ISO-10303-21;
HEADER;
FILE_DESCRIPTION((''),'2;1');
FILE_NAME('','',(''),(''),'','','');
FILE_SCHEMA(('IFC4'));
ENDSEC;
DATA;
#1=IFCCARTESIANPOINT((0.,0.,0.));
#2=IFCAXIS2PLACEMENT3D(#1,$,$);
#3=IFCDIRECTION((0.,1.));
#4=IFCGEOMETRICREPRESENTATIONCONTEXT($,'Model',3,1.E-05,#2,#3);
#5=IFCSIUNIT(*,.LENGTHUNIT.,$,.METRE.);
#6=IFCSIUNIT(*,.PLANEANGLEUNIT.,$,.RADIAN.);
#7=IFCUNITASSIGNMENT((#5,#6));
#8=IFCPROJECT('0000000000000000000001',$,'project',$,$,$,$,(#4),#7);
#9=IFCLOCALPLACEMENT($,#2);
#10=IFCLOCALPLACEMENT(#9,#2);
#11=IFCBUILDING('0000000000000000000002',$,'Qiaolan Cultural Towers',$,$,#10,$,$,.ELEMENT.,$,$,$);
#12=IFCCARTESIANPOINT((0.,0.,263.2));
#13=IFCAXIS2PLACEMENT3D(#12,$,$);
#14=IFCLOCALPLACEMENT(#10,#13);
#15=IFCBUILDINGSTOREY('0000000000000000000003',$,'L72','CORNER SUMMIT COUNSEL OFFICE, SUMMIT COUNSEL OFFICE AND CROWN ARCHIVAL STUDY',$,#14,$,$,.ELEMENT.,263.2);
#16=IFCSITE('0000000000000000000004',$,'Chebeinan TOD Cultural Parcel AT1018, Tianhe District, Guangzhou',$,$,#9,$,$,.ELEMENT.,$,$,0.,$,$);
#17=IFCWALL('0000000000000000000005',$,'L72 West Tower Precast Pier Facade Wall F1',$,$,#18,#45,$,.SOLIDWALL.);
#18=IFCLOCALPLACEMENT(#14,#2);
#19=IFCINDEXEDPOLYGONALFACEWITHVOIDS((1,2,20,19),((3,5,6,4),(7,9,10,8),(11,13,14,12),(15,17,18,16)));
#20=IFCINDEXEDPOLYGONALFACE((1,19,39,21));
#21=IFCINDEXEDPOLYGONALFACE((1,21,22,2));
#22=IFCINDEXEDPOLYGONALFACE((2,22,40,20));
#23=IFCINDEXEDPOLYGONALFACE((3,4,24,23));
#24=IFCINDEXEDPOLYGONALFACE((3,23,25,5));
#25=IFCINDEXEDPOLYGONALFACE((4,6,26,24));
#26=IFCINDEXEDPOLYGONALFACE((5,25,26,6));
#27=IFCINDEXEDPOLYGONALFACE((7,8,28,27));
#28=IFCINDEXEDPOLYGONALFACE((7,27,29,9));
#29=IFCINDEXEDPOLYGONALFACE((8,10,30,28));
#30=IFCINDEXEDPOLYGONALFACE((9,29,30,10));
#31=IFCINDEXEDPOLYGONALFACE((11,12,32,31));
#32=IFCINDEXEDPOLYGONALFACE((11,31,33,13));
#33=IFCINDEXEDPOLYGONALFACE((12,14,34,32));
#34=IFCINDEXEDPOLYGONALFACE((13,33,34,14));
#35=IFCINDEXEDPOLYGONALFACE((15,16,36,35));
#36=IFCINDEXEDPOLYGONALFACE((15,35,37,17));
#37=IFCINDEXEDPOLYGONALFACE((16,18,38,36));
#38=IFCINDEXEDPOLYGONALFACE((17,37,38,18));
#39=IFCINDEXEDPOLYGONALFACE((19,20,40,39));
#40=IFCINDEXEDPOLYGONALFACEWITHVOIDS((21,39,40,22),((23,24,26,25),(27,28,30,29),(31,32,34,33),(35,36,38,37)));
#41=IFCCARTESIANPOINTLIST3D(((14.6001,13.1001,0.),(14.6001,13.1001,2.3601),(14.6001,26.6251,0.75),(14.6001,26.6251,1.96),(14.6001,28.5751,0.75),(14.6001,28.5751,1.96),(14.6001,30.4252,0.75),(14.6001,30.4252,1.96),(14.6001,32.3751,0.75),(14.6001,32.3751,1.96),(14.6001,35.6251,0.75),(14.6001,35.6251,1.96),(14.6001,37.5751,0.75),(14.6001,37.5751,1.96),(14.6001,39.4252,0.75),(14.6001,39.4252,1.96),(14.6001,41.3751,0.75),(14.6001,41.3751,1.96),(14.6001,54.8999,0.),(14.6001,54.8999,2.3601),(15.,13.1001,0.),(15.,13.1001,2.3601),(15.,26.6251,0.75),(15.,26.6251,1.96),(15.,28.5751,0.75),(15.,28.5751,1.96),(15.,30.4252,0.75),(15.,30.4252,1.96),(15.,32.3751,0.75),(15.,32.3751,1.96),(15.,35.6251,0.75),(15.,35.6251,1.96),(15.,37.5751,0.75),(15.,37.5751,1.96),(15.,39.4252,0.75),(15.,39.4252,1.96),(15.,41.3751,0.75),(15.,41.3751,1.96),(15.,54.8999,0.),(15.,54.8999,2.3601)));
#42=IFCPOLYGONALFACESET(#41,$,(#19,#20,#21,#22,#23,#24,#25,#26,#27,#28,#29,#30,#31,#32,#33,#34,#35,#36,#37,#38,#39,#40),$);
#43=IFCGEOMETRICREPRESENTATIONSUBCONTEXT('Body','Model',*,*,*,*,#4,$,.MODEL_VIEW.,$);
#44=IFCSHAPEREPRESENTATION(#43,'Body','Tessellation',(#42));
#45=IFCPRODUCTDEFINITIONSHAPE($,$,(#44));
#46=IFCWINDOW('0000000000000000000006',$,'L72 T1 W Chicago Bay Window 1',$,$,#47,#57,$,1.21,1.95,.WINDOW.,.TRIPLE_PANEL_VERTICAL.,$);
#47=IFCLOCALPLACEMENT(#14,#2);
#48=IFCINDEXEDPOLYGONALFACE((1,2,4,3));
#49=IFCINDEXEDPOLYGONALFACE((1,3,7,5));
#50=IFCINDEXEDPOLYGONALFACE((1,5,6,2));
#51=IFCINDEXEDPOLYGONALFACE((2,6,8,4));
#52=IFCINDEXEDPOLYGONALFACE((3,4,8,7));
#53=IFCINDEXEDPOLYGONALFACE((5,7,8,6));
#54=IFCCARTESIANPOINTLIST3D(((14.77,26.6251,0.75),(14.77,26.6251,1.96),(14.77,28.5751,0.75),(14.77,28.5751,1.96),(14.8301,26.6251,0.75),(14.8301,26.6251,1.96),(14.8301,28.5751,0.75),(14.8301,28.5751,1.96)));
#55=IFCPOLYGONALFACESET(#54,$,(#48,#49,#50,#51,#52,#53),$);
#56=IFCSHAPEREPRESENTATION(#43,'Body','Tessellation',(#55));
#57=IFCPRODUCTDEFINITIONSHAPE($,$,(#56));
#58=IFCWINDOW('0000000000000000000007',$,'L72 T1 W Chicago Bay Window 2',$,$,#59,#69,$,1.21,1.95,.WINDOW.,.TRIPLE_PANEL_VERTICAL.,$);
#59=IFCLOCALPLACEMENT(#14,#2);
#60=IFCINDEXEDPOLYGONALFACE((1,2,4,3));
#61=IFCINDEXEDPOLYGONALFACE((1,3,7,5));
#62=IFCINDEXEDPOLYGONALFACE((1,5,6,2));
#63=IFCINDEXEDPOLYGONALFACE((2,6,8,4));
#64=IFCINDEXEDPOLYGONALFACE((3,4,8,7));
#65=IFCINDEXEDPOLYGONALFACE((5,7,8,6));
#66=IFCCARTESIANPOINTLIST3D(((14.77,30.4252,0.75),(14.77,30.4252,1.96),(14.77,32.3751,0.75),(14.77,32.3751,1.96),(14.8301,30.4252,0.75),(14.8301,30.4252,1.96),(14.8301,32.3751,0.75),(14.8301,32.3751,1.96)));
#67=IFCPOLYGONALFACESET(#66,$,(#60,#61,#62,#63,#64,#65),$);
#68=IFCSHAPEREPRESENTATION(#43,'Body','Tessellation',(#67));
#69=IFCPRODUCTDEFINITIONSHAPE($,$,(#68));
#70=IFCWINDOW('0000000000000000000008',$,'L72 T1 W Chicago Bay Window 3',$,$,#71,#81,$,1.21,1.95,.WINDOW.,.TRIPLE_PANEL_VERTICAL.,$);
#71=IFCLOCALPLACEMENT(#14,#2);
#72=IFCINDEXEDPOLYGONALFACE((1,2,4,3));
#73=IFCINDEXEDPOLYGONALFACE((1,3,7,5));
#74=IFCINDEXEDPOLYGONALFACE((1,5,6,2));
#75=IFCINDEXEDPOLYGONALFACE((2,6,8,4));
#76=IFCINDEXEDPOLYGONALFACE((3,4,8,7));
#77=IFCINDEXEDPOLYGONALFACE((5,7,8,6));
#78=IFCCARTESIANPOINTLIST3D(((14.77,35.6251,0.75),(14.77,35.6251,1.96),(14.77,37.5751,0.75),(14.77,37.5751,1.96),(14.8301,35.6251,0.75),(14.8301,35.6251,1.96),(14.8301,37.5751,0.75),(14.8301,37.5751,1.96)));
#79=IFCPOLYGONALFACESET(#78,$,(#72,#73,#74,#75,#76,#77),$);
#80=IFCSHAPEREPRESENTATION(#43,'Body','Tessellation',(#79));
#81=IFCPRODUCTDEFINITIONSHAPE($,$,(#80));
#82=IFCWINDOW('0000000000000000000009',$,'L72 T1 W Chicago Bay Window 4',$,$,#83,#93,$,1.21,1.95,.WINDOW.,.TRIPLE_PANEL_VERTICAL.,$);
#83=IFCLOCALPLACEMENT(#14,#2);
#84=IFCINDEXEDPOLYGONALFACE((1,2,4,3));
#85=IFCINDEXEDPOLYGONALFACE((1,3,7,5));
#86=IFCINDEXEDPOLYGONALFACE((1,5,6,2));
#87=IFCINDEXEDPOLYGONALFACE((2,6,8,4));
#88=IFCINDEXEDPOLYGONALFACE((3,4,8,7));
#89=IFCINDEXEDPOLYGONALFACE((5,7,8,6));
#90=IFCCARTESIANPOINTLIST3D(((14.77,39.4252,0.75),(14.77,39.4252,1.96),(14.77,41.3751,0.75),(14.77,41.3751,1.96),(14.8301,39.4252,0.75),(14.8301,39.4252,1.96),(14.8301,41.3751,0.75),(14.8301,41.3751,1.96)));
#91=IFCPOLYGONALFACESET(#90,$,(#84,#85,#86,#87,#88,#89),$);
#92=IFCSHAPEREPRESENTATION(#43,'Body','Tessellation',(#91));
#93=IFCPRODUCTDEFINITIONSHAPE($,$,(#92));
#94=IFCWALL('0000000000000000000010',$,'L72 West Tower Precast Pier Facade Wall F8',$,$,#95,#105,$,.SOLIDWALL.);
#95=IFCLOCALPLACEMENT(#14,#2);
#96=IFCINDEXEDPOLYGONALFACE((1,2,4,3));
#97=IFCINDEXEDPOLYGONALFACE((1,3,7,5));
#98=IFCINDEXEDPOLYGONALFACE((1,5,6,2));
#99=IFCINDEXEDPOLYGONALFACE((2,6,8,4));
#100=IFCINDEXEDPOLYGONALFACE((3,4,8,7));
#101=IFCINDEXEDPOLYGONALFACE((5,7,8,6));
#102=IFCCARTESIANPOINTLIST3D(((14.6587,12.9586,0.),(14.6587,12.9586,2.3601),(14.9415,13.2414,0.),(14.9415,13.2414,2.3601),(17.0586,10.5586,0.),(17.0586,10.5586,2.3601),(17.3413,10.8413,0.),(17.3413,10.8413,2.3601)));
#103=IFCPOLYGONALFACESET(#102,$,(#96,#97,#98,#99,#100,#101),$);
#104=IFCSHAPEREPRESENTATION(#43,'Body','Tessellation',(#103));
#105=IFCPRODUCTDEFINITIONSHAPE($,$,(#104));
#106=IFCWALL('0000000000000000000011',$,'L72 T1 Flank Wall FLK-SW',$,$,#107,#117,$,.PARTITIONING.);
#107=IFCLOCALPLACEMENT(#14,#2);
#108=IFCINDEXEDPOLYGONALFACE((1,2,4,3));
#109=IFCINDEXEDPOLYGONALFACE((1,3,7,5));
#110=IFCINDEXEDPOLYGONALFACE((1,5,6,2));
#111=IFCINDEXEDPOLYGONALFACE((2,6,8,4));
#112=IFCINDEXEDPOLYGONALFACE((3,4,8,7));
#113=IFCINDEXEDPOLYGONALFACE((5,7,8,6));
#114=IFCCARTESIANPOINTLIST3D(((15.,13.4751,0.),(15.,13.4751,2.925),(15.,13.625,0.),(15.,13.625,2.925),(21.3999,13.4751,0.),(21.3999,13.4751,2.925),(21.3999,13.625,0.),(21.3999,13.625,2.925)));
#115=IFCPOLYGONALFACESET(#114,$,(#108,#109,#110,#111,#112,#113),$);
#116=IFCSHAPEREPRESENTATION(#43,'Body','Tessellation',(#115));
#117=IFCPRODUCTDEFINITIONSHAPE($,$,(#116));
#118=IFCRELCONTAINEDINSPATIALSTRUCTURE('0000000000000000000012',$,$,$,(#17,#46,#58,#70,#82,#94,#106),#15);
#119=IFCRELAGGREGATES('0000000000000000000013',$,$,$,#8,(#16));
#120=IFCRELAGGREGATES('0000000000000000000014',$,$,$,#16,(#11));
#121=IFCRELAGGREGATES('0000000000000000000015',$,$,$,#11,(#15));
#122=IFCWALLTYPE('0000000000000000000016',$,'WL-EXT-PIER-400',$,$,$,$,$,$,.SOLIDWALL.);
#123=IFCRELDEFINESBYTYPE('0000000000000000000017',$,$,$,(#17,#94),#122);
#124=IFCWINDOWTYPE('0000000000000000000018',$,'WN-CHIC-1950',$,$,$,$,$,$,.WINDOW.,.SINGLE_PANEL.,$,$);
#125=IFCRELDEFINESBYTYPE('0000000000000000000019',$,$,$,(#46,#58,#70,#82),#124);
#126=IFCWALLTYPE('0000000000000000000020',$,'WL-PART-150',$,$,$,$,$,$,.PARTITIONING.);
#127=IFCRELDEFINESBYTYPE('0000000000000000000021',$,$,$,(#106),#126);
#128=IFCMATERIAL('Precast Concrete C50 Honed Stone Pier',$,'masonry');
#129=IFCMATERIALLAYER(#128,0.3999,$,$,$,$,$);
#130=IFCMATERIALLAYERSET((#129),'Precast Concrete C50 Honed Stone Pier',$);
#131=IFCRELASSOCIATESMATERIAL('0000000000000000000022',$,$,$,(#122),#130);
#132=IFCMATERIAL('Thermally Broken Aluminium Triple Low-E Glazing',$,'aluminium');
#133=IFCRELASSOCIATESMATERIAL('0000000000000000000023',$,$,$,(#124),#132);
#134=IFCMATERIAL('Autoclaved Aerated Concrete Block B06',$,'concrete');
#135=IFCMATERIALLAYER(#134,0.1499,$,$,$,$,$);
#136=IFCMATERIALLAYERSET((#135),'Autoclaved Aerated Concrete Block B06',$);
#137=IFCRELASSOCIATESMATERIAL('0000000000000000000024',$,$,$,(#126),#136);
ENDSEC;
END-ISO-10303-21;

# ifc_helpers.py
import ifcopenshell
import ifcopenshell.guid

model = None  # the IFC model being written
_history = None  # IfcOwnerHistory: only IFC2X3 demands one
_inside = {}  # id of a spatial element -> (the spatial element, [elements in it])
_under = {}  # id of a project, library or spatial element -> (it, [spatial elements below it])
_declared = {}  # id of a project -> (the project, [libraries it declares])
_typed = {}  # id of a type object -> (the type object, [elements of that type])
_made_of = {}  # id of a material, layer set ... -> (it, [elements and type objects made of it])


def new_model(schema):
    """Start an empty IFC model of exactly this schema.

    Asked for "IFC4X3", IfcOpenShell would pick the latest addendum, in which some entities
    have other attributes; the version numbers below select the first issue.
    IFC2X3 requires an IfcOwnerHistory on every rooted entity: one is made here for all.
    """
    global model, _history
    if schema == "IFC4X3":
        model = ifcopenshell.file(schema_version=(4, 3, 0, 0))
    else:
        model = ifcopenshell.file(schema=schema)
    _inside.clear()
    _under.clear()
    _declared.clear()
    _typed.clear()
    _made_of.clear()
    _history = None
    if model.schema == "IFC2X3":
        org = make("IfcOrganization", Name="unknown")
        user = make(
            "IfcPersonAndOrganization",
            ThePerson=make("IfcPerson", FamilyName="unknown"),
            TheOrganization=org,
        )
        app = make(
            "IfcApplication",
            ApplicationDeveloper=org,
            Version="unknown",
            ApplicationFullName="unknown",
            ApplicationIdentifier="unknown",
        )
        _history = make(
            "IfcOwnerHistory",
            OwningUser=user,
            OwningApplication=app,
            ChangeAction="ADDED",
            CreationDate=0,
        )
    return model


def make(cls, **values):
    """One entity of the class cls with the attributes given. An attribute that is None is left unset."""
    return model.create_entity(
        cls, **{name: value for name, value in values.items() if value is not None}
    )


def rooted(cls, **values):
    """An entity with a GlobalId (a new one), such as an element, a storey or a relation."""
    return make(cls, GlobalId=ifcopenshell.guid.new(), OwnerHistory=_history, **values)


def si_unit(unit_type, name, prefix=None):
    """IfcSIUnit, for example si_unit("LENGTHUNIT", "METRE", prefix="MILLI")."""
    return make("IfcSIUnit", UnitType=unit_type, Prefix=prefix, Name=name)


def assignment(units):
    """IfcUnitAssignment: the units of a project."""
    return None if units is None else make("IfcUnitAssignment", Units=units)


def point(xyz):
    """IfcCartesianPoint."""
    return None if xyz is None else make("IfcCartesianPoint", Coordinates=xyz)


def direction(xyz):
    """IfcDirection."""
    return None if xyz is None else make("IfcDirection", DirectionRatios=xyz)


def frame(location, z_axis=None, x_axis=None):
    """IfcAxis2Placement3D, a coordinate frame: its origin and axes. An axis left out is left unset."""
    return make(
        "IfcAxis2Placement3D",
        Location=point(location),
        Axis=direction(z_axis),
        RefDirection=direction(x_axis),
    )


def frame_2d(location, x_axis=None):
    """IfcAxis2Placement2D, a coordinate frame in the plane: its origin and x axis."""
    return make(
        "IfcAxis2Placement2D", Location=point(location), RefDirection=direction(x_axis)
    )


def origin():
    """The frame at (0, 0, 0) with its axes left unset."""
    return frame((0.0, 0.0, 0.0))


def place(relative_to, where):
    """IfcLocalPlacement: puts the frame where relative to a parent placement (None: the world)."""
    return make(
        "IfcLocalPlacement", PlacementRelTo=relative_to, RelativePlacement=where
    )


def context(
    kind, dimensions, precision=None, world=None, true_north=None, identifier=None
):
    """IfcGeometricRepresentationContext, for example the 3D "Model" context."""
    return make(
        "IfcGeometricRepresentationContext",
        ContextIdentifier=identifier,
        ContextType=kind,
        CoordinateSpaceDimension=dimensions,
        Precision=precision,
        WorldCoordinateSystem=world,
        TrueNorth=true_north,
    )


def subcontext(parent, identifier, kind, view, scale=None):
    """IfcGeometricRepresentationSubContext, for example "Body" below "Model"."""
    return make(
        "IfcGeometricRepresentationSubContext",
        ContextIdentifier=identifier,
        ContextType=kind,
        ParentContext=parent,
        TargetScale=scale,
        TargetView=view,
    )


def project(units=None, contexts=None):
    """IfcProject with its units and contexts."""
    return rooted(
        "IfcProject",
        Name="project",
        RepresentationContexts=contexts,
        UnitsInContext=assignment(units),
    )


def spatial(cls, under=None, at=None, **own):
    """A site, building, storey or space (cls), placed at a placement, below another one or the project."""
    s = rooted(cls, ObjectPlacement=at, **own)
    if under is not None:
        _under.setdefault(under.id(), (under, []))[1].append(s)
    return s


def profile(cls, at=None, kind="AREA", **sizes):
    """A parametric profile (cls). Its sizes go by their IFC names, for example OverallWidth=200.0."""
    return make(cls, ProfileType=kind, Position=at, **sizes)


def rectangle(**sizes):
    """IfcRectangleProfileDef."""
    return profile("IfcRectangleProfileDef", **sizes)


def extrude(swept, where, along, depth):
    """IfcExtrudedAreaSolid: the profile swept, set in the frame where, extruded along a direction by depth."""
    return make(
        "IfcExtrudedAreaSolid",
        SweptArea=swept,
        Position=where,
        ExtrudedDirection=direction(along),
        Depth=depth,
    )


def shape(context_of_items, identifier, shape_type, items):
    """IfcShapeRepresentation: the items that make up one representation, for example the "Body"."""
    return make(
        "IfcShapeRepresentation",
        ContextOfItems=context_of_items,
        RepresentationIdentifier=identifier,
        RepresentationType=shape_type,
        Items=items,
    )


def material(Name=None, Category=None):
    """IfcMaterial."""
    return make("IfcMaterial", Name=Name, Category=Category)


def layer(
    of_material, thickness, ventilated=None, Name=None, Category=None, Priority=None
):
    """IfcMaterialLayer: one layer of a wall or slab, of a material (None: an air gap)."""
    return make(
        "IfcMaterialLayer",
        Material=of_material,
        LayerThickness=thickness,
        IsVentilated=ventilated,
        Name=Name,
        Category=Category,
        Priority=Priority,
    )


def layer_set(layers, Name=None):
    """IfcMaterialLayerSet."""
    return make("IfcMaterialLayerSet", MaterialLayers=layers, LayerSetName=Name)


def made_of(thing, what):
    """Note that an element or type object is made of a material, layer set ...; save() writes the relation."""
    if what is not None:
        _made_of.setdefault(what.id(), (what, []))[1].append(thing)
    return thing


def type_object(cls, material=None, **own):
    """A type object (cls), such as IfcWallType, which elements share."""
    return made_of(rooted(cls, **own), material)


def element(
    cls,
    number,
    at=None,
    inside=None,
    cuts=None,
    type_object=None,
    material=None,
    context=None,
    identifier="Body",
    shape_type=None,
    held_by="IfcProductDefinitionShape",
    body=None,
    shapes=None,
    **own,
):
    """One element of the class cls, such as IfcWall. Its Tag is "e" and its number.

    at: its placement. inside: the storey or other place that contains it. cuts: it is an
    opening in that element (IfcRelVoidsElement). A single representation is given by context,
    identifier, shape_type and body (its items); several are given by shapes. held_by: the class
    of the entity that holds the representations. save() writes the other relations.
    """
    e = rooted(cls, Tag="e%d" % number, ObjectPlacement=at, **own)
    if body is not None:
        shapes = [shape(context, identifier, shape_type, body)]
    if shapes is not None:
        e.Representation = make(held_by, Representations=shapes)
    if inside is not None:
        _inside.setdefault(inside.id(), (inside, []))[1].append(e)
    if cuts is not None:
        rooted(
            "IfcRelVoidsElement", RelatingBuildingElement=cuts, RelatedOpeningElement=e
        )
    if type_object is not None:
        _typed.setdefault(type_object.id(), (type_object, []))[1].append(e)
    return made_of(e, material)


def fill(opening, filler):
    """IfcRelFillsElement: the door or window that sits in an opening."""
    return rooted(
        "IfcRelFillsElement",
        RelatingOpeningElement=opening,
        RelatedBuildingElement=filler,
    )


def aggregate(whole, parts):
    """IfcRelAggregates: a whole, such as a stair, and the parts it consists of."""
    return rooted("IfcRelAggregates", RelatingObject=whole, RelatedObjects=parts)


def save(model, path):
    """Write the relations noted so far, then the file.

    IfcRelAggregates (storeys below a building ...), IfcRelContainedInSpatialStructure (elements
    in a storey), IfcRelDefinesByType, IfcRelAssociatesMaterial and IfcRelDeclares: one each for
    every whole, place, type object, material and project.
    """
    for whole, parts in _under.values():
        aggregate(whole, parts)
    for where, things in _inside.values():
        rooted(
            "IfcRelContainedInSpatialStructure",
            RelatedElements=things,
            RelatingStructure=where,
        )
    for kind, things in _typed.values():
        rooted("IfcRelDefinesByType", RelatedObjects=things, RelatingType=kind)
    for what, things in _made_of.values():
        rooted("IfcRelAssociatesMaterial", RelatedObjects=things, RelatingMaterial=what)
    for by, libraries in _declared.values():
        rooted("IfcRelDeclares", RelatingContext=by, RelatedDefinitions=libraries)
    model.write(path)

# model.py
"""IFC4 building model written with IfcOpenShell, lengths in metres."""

from ifc_helpers import new_model, si_unit, direction, frame, frame_2d, origin, place, context, subcontext, project, spatial, rectangle, extrude, material, layer, layer_set, type_object, element, fill, save


model = new_model("IFC4")

# Units and contexts
model_context = context("Model", 3, precision=1e-05, world=origin(), true_north=direction((0.0, 1.0)))
body_context = subcontext(model_context, "Body", "Model", "MODEL_VIEW")
ifc_project = project(units=[si_unit("LENGTHUNIT", "METRE"), si_unit("PLANEANGLEUNIT", "RADIAN")], contexts=[model_context])

# Site, building, storey
site_placement = place(None, origin())
site = spatial("IfcSite", under=ifc_project, at=site_placement, Name="Chebeinan TOD Cultural Parcel AT1018, Tianhe District, Guangzhou", CompositionType="ELEMENT", RefElevation=0.0)
building_placement = place(site_placement, origin())
building = spatial("IfcBuilding", under=site, at=building_placement, Name="Qiaolan Cultural Towers", CompositionType="ELEMENT")
storey_placement = place(building_placement, frame((0.0, 0.0, 263.2)))
storey = spatial("IfcBuildingStorey", under=building, at=storey_placement, Name="L72", Description="CORNER SUMMIT COUNSEL OFFICE, SUMMIT COUNSEL OFFICE AND CROWN ARCHIVAL STUDY", CompositionType="ELEMENT", Elevation=263.2)

# Wall, openings, windows
ifc_material_1 = material(Name="Precast Concrete C50 Honed Stone Pier", Category="masonry")
ifc_layer_1 = layer(ifc_material_1, 0.3999)
ifc_layer_set_1 = layer_set([ifc_layer_1], Name="Precast Concrete C50 Honed Stone Pier")
wall_type_1 = type_object("IfcWallType", Name="WL-EXT-PIER-400", PredefinedType="SOLIDWALL", material=ifc_layer_set_1)
wall_1_placement = place(storey_placement, frame((14.8, 13.1001, 0.0), z_axis=(0.0, 0.0, 1.0), x_axis=(0.0, 1.0, 0.0)))
wall_1 = element("IfcWall", 1, at=wall_1_placement, inside=storey, type_object=wall_type_1, Name="L72 West Tower Precast Pier Facade Wall F1", PredefinedType="SOLIDWALL", context=body_context, shape_type="SweptSolid", body=[
    extrude(rectangle(XDim=41.7998, YDim=0.3999, at=frame_2d((20.8999, 0.0))), origin(), (0.0, 0.0, 1.0), 2.3601),
])
opening_1_placement = place(wall_1_placement, frame((13.5249, 0.0, 0.75)))
opening_1 = element("IfcOpeningElement", 2, at=opening_1_placement, cuts=wall_1, PredefinedType="OPENING", context=body_context, shape_type="SweptSolid", body=[
    extrude(rectangle(XDim=1.95, YDim=1.21, at=frame_2d((0.9751, 0.605))), frame((0.0, 0.21, 0.0), z_axis=(0.0, -1.0, 0.0), x_axis=(1.0, 0.0, 0.0)), (0.0, 0.0, 1.0), 0.4199),
])
opening_2_placement = place(wall_1_placement, frame((17.325, 0.0, 0.75)))
opening_2 = element("IfcOpeningElement", 3, at=opening_2_placement, cuts=wall_1, PredefinedType="OPENING", context=body_context, shape_type="SweptSolid", body=[
    extrude(rectangle(XDim=1.95, YDim=1.21, at=frame_2d((0.9751, 0.605))), frame((0.0, 0.21, 0.0), z_axis=(0.0, -1.0, 0.0), x_axis=(1.0, 0.0, 0.0)), (0.0, 0.0, 1.0), 0.4199),
])
opening_3_placement = place(wall_1_placement, frame((22.5249, 0.0, 0.75)))
opening_3 = element("IfcOpeningElement", 4, at=opening_3_placement, cuts=wall_1, PredefinedType="OPENING", context=body_context, shape_type="SweptSolid", body=[
    extrude(rectangle(XDim=1.95, YDim=1.21, at=frame_2d((0.9751, 0.605))), frame((0.0, 0.21, 0.0), z_axis=(0.0, -1.0, 0.0), x_axis=(1.0, 0.0, 0.0)), (0.0, 0.0, 1.0), 0.4199),
])
opening_4_placement = place(wall_1_placement, frame((26.325, 0.0, 0.75)))
opening_4 = element("IfcOpeningElement", 5, at=opening_4_placement, cuts=wall_1, PredefinedType="OPENING", context=body_context, shape_type="SweptSolid", body=[
    extrude(rectangle(XDim=1.95, YDim=1.21, at=frame_2d((0.9751, 0.605))), frame((0.0, 0.21, 0.0), z_axis=(0.0, -1.0, 0.0), x_axis=(1.0, 0.0, 0.0)), (0.0, 0.0, 1.0), 0.4199),
])
ifc_material_2 = material(Name="Thermally Broken Aluminium Triple Low-E Glazing", Category="aluminium")
window_type = type_object("IfcWindowType", Name="WN-CHIC-1950", PartitioningType="SINGLE_PANEL", PredefinedType="WINDOW", material=ifc_material_2)
window_1_placement = place(opening_1_placement, origin())
window_1 = element("IfcWindow", 6, at=window_1_placement, inside=storey, type_object=window_type, Name="L72 T1 W Chicago Bay Window 1", OverallHeight=1.21, OverallWidth=1.95, PartitioningType="TRIPLE_PANEL_VERTICAL", PredefinedType="WINDOW", context=body_context, shape_type="SweptSolid", body=[
    extrude(rectangle(XDim=1.95, YDim=1.21, at=frame_2d((0.9751, 0.605))), frame((0.0, 0.03, 0.0), z_axis=(0.0, -1.0, 0.0), x_axis=(1.0, 0.0, 0.0)), (0.0, 0.0, 1.0), 0.0601),
])
fill(opening_1, window_1)
window_2_placement = place(opening_2_placement, origin())
window_2 = element("IfcWindow", 7, at=window_2_placement, inside=storey, type_object=window_type, Name="L72 T1 W Chicago Bay Window 2", OverallHeight=1.21, OverallWidth=1.95, PartitioningType="TRIPLE_PANEL_VERTICAL", PredefinedType="WINDOW", context=body_context, shape_type="SweptSolid", body=[
    extrude(rectangle(XDim=1.95, YDim=1.21, at=frame_2d((0.9751, 0.605))), frame((0.0, 0.03, 0.0), z_axis=(0.0, -1.0, 0.0), x_axis=(1.0, 0.0, 0.0)), (0.0, 0.0, 1.0), 0.0601),
])
fill(opening_2, window_2)
window_3_placement = place(opening_3_placement, origin())
window_3 = element("IfcWindow", 8, at=window_3_placement, inside=storey, type_object=window_type, Name="L72 T1 W Chicago Bay Window 3", OverallHeight=1.21, OverallWidth=1.95, PartitioningType="TRIPLE_PANEL_VERTICAL", PredefinedType="WINDOW", context=body_context, shape_type="SweptSolid", body=[
    extrude(rectangle(XDim=1.95, YDim=1.21, at=frame_2d((0.9751, 0.605))), frame((0.0, 0.03, 0.0), z_axis=(0.0, -1.0, 0.0), x_axis=(1.0, 0.0, 0.0)), (0.0, 0.0, 1.0), 0.0601),
])
fill(opening_3, window_3)
window_4_placement = place(opening_4_placement, origin())
window_4 = element("IfcWindow", 9, at=window_4_placement, inside=storey, type_object=window_type, Name="L72 T1 W Chicago Bay Window 4", OverallHeight=1.21, OverallWidth=1.95, PartitioningType="TRIPLE_PANEL_VERTICAL", PredefinedType="WINDOW", context=body_context, shape_type="SweptSolid", body=[
    extrude(rectangle(XDim=1.95, YDim=1.21, at=frame_2d((0.9751, 0.605))), frame((0.0, 0.03, 0.0), z_axis=(0.0, -1.0, 0.0), x_axis=(1.0, 0.0, 0.0)), (0.0, 0.0, 1.0), 0.0601),
])
fill(opening_4, window_4)

# Walls
wall_2_placement = place(storey_placement, frame((17.2, 10.7, 0.0), z_axis=(0.0, 0.0, 1.0), x_axis=(-0.707071, 0.707143, 0.0)))
element("IfcWall", 10, at=wall_2_placement, inside=storey, type_object=wall_type_1, Name="L72 West Tower Precast Pier Facade Wall F8", PredefinedType="SOLIDWALL", context=body_context, shape_type="SweptSolid", body=[
    extrude(rectangle(XDim=3.394, YDim=0.3999, at=frame_2d((1.697, 0.0))), origin(), (0.0, 0.0, 1.0), 2.3601),
])
ifc_material_3 = material(Name="Autoclaved Aerated Concrete Block B06", Category="concrete")
ifc_layer_2 = layer(ifc_material_3, 0.1499)
ifc_layer_set_2 = layer_set([ifc_layer_2], Name="Autoclaved Aerated Concrete Block B06")
wall_type_2 = type_object("IfcWallType", Name="WL-PART-150", PredefinedType="PARTITIONING", material=ifc_layer_set_2)
wall_3_placement = place(storey_placement, frame((15.0, 13.55, 0.0), z_axis=(0.0, 0.0, 1.0), x_axis=(1.0, 0.0, 0.0)))
element("IfcWall", 11, at=wall_3_placement, inside=storey, type_object=wall_type_2, Name="L72 T1 Flank Wall FLK-SW", PredefinedType="PARTITIONING", context=body_context, shape_type="SweptSolid", body=[
    extrude(rectangle(XDim=6.3999, YDim=0.1499, at=frame_2d((3.2, 0.0))), origin(), (0.0, 0.0, 1.0), 2.925),
])

save(model, "model.ifc")
